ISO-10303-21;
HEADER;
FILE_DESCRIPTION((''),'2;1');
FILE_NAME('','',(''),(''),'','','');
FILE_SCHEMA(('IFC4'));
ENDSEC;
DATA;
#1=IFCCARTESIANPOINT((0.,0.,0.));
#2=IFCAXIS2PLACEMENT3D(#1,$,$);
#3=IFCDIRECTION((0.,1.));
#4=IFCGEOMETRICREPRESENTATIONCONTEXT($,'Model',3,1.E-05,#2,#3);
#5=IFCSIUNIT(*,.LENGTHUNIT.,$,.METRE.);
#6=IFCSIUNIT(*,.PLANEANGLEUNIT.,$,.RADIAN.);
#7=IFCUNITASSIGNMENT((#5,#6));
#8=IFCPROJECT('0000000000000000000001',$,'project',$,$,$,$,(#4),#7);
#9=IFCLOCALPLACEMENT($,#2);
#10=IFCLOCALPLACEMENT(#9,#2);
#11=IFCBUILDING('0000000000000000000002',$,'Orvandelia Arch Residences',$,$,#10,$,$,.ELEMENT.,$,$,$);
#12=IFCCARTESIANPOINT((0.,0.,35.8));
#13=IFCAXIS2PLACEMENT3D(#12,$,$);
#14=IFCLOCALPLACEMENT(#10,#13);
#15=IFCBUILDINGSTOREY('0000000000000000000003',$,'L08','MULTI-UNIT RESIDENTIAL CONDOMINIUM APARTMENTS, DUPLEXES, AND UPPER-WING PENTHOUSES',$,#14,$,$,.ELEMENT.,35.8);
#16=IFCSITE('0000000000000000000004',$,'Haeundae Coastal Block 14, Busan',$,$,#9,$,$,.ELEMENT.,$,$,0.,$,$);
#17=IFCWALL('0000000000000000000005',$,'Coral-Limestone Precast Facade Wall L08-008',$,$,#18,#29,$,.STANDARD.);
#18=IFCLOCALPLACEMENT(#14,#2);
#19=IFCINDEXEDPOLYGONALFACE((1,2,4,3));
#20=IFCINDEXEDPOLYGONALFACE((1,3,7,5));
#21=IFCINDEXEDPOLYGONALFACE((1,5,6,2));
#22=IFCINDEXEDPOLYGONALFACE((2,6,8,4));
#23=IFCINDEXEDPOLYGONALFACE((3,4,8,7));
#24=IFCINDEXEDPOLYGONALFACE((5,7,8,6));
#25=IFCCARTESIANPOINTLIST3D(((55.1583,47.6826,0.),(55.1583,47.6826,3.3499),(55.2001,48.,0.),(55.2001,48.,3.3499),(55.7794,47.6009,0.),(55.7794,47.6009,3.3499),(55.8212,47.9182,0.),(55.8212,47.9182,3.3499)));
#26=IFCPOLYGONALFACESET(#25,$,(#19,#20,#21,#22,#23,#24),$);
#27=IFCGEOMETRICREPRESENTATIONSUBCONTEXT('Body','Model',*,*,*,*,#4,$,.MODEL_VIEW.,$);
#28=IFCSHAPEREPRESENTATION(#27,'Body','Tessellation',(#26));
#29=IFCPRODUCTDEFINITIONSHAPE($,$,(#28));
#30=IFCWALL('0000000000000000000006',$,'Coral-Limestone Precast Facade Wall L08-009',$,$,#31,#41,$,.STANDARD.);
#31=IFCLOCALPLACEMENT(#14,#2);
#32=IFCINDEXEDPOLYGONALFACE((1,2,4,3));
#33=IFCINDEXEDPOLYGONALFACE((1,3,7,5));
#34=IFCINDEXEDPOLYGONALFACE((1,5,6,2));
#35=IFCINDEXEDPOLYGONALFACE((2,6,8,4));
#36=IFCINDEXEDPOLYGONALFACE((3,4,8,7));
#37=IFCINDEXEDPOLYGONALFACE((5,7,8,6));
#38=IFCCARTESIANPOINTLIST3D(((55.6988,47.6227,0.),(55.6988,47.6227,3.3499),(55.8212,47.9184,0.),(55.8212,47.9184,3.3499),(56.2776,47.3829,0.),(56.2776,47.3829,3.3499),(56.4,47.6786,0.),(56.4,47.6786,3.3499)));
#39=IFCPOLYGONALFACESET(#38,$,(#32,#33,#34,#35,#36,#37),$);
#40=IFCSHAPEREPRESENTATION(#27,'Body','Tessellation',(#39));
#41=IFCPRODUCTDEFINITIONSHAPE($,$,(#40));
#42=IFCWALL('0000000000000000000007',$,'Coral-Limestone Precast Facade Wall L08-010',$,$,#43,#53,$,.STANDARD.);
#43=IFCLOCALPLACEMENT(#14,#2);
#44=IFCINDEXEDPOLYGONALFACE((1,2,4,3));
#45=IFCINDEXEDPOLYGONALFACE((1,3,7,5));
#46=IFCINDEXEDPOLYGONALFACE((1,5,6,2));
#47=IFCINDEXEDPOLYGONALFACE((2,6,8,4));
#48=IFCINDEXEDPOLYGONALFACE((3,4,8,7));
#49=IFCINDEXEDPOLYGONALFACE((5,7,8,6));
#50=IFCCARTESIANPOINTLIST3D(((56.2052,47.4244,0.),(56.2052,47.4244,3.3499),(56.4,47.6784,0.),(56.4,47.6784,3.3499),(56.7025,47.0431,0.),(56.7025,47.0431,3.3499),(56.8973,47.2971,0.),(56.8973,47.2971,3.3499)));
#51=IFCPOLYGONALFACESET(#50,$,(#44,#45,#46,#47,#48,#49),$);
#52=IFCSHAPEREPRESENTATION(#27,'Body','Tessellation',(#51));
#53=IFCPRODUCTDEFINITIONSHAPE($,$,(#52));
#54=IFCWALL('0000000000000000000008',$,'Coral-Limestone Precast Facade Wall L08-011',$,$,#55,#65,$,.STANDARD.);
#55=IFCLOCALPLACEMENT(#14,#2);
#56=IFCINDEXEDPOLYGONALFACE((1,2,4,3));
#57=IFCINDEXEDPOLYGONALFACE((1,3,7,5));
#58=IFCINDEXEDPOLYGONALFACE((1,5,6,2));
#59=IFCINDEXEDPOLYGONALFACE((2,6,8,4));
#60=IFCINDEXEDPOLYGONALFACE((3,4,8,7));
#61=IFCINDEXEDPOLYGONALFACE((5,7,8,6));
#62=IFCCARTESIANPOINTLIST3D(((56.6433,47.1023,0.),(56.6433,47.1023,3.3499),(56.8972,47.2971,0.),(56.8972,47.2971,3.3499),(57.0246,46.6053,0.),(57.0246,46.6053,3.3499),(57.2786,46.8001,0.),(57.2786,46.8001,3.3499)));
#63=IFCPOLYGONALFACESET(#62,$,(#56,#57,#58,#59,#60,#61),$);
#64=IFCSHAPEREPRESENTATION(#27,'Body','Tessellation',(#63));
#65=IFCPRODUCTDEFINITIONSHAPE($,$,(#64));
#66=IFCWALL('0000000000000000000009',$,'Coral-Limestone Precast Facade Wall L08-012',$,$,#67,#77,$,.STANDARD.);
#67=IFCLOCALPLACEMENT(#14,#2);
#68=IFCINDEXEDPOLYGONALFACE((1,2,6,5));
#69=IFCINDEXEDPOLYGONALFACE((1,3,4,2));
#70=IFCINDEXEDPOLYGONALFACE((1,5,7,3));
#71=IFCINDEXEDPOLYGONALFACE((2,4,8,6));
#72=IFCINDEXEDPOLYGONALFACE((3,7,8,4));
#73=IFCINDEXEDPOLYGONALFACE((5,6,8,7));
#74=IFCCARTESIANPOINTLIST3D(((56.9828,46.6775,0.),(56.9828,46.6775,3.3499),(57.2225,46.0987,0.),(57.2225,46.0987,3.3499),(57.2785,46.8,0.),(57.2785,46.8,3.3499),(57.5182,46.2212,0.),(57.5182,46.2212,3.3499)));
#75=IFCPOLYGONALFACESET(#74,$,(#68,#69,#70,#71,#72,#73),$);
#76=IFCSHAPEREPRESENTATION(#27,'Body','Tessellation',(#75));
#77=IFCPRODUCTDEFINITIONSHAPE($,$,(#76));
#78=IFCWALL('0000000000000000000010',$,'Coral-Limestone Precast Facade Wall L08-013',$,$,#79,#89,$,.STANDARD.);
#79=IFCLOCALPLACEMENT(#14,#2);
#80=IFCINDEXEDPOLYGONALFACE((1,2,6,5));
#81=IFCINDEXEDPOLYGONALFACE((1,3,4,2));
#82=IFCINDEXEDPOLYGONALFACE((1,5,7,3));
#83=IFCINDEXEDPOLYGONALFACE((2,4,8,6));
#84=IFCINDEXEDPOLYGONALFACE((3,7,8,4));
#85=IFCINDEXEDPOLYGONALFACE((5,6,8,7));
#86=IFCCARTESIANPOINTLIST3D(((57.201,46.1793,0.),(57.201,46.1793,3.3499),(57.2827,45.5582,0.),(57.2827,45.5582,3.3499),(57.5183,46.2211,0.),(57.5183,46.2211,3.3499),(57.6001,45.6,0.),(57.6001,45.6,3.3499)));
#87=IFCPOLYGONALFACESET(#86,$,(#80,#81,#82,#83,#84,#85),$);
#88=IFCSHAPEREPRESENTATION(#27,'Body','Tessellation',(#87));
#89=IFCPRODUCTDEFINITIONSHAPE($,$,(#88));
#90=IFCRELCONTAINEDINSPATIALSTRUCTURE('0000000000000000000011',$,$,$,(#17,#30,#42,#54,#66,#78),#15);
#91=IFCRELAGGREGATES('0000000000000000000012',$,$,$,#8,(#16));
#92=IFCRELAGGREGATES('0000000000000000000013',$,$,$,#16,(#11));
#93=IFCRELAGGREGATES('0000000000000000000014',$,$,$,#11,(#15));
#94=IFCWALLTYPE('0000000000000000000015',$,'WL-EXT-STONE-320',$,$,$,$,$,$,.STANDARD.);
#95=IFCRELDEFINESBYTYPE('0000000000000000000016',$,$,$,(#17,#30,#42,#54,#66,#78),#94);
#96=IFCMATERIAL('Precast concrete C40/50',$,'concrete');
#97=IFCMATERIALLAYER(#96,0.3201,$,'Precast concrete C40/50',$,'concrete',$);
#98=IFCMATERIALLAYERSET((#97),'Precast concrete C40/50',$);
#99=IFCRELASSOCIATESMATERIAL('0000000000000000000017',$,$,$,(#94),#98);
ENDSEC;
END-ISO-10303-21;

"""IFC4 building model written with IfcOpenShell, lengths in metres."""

from ifc_helpers import new_model, si_unit, direction, frame, frame_2d, origin, place, context, subcontext, project, spatial, rectangle, extrude, material, layer, layer_set, type_object, element, save


model = new_model("IFC4")

# Units and contexts
model_context = context("Model", 3, precision=1e-05, world=origin(), true_north=direction((0.0, 1.0)))
body_context = subcontext(model_context, "Body", "Model", "MODEL_VIEW")
ifc_project = project(units=[si_unit("LENGTHUNIT", "METRE"), si_unit("PLANEANGLEUNIT", "RADIAN")], contexts=[model_context])

# Site, building, storey
site_placement = place(None, origin())
site = spatial("IfcSite", under=ifc_project, at=site_placement, Name="Haeundae Coastal Block 14, Busan", CompositionType="ELEMENT", RefElevation=0.0)
building_placement = place(site_placement, origin())
building = spatial("IfcBuilding", under=site, at=building_placement, Name="Orvandelia Arch Residences", CompositionType="ELEMENT")
storey_placement = place(building_placement, frame((0.0, 0.0, 35.8)))
storey = spatial("IfcBuildingStorey", under=building, at=storey_placement, Name="L08", Description="MULTI-UNIT RESIDENTIAL CONDOMINIUM APARTMENTS, DUPLEXES, AND UPPER-WING PENTHOUSES", CompositionType="ELEMENT", Elevation=35.8)

# Walls
ifc_material_1 = material(Name="Precast concrete C40/50", Category="concrete")
ifc_layer_1 = layer(ifc_material_1, 0.3201, Name="Precast concrete C40/50", Category="concrete")
ifc_layer_set_1 = layer_set([ifc_layer_1], Name="Precast concrete C40/50")
wall_type_1 = type_object("IfcWallType", Name="WL-EXT-STONE-320", PredefinedType="STANDARD", material=ifc_layer_set_1)
for number, where, z_axis, x_axis, name in (
    (1, (55.1792, 47.8413, 0.0), (0.0, 0.0, 1.0), (0.991441, -0.130555, 0.0), "Coral-Limestone Precast Facade Wall L08-008"),
    (2, (55.76, 47.7705, 0.0), (0.0, 0.0, 1.0), (0.923893, -0.38265, 0.0), "Coral-Limestone Precast Facade Wall L08-009"),
):
    element("IfcWall", number, at=place(storey_placement, frame(where, z_axis=z_axis, x_axis=x_axis)), inside=storey, type_object=wall_type_1, Name=name, PredefinedType="STANDARD", context=body_context, shape_type="SweptSolid", body=[
        extrude(rectangle(XDim=0.6265, YDim=0.3201, at=frame_2d((0.3132, 0.0))), origin(), (0.0, 0.0, 1.0), 3.3499),
    ])
wall_1_placement = place(storey_placement, frame((56.3025, 47.5515, 0.0), z_axis=(0.0, 0.0, 1.0), x_axis=(0.79355, -0.608505, 0.0)))
element("IfcWall", 3, at=wall_1_placement, inside=storey, type_object=wall_type_1, Name="Coral-Limestone Precast Facade Wall L08-010", PredefinedType="STANDARD", context=body_context, shape_type="SweptSolid", body=[
    extrude(rectangle(XDim=0.6267, YDim=0.3201, at=frame_2d((0.3135, 0.0))), origin(), (0.0, 0.0, 1.0), 3.3499),
])
for number, where, z_axis, x_axis, name in (
    (4, (56.7703, 47.1997, 0.0), (0.0, 0.0, 1.0), (0.608693, -0.793406, 0.0), "Coral-Limestone Precast Facade Wall L08-011"),
    (5, (57.1306, 46.7388, 0.0), (0.0, 0.0, 1.0), (0.38265, -0.923893, 0.0), "Coral-Limestone Precast Facade Wall L08-012"),
    (6, (57.3596, 46.2002, 0.0), (0.0, 0.0, 1.0), (0.130555, -0.991441, 0.0), "Coral-Limestone Precast Facade Wall L08-013"),
):
    element("IfcWall", number, at=place(storey_placement, frame(where, z_axis=z_axis, x_axis=x_axis)), inside=storey, type_object=wall_type_1, Name=name, PredefinedType="STANDARD", context=body_context, shape_type="SweptSolid", body=[
        extrude(rectangle(XDim=0.6265, YDim=0.3201, at=frame_2d((0.3132, 0.0))), origin(), (0.0, 0.0, 1.0), 3.3499),
    ])

save(model, "model.ifc")
